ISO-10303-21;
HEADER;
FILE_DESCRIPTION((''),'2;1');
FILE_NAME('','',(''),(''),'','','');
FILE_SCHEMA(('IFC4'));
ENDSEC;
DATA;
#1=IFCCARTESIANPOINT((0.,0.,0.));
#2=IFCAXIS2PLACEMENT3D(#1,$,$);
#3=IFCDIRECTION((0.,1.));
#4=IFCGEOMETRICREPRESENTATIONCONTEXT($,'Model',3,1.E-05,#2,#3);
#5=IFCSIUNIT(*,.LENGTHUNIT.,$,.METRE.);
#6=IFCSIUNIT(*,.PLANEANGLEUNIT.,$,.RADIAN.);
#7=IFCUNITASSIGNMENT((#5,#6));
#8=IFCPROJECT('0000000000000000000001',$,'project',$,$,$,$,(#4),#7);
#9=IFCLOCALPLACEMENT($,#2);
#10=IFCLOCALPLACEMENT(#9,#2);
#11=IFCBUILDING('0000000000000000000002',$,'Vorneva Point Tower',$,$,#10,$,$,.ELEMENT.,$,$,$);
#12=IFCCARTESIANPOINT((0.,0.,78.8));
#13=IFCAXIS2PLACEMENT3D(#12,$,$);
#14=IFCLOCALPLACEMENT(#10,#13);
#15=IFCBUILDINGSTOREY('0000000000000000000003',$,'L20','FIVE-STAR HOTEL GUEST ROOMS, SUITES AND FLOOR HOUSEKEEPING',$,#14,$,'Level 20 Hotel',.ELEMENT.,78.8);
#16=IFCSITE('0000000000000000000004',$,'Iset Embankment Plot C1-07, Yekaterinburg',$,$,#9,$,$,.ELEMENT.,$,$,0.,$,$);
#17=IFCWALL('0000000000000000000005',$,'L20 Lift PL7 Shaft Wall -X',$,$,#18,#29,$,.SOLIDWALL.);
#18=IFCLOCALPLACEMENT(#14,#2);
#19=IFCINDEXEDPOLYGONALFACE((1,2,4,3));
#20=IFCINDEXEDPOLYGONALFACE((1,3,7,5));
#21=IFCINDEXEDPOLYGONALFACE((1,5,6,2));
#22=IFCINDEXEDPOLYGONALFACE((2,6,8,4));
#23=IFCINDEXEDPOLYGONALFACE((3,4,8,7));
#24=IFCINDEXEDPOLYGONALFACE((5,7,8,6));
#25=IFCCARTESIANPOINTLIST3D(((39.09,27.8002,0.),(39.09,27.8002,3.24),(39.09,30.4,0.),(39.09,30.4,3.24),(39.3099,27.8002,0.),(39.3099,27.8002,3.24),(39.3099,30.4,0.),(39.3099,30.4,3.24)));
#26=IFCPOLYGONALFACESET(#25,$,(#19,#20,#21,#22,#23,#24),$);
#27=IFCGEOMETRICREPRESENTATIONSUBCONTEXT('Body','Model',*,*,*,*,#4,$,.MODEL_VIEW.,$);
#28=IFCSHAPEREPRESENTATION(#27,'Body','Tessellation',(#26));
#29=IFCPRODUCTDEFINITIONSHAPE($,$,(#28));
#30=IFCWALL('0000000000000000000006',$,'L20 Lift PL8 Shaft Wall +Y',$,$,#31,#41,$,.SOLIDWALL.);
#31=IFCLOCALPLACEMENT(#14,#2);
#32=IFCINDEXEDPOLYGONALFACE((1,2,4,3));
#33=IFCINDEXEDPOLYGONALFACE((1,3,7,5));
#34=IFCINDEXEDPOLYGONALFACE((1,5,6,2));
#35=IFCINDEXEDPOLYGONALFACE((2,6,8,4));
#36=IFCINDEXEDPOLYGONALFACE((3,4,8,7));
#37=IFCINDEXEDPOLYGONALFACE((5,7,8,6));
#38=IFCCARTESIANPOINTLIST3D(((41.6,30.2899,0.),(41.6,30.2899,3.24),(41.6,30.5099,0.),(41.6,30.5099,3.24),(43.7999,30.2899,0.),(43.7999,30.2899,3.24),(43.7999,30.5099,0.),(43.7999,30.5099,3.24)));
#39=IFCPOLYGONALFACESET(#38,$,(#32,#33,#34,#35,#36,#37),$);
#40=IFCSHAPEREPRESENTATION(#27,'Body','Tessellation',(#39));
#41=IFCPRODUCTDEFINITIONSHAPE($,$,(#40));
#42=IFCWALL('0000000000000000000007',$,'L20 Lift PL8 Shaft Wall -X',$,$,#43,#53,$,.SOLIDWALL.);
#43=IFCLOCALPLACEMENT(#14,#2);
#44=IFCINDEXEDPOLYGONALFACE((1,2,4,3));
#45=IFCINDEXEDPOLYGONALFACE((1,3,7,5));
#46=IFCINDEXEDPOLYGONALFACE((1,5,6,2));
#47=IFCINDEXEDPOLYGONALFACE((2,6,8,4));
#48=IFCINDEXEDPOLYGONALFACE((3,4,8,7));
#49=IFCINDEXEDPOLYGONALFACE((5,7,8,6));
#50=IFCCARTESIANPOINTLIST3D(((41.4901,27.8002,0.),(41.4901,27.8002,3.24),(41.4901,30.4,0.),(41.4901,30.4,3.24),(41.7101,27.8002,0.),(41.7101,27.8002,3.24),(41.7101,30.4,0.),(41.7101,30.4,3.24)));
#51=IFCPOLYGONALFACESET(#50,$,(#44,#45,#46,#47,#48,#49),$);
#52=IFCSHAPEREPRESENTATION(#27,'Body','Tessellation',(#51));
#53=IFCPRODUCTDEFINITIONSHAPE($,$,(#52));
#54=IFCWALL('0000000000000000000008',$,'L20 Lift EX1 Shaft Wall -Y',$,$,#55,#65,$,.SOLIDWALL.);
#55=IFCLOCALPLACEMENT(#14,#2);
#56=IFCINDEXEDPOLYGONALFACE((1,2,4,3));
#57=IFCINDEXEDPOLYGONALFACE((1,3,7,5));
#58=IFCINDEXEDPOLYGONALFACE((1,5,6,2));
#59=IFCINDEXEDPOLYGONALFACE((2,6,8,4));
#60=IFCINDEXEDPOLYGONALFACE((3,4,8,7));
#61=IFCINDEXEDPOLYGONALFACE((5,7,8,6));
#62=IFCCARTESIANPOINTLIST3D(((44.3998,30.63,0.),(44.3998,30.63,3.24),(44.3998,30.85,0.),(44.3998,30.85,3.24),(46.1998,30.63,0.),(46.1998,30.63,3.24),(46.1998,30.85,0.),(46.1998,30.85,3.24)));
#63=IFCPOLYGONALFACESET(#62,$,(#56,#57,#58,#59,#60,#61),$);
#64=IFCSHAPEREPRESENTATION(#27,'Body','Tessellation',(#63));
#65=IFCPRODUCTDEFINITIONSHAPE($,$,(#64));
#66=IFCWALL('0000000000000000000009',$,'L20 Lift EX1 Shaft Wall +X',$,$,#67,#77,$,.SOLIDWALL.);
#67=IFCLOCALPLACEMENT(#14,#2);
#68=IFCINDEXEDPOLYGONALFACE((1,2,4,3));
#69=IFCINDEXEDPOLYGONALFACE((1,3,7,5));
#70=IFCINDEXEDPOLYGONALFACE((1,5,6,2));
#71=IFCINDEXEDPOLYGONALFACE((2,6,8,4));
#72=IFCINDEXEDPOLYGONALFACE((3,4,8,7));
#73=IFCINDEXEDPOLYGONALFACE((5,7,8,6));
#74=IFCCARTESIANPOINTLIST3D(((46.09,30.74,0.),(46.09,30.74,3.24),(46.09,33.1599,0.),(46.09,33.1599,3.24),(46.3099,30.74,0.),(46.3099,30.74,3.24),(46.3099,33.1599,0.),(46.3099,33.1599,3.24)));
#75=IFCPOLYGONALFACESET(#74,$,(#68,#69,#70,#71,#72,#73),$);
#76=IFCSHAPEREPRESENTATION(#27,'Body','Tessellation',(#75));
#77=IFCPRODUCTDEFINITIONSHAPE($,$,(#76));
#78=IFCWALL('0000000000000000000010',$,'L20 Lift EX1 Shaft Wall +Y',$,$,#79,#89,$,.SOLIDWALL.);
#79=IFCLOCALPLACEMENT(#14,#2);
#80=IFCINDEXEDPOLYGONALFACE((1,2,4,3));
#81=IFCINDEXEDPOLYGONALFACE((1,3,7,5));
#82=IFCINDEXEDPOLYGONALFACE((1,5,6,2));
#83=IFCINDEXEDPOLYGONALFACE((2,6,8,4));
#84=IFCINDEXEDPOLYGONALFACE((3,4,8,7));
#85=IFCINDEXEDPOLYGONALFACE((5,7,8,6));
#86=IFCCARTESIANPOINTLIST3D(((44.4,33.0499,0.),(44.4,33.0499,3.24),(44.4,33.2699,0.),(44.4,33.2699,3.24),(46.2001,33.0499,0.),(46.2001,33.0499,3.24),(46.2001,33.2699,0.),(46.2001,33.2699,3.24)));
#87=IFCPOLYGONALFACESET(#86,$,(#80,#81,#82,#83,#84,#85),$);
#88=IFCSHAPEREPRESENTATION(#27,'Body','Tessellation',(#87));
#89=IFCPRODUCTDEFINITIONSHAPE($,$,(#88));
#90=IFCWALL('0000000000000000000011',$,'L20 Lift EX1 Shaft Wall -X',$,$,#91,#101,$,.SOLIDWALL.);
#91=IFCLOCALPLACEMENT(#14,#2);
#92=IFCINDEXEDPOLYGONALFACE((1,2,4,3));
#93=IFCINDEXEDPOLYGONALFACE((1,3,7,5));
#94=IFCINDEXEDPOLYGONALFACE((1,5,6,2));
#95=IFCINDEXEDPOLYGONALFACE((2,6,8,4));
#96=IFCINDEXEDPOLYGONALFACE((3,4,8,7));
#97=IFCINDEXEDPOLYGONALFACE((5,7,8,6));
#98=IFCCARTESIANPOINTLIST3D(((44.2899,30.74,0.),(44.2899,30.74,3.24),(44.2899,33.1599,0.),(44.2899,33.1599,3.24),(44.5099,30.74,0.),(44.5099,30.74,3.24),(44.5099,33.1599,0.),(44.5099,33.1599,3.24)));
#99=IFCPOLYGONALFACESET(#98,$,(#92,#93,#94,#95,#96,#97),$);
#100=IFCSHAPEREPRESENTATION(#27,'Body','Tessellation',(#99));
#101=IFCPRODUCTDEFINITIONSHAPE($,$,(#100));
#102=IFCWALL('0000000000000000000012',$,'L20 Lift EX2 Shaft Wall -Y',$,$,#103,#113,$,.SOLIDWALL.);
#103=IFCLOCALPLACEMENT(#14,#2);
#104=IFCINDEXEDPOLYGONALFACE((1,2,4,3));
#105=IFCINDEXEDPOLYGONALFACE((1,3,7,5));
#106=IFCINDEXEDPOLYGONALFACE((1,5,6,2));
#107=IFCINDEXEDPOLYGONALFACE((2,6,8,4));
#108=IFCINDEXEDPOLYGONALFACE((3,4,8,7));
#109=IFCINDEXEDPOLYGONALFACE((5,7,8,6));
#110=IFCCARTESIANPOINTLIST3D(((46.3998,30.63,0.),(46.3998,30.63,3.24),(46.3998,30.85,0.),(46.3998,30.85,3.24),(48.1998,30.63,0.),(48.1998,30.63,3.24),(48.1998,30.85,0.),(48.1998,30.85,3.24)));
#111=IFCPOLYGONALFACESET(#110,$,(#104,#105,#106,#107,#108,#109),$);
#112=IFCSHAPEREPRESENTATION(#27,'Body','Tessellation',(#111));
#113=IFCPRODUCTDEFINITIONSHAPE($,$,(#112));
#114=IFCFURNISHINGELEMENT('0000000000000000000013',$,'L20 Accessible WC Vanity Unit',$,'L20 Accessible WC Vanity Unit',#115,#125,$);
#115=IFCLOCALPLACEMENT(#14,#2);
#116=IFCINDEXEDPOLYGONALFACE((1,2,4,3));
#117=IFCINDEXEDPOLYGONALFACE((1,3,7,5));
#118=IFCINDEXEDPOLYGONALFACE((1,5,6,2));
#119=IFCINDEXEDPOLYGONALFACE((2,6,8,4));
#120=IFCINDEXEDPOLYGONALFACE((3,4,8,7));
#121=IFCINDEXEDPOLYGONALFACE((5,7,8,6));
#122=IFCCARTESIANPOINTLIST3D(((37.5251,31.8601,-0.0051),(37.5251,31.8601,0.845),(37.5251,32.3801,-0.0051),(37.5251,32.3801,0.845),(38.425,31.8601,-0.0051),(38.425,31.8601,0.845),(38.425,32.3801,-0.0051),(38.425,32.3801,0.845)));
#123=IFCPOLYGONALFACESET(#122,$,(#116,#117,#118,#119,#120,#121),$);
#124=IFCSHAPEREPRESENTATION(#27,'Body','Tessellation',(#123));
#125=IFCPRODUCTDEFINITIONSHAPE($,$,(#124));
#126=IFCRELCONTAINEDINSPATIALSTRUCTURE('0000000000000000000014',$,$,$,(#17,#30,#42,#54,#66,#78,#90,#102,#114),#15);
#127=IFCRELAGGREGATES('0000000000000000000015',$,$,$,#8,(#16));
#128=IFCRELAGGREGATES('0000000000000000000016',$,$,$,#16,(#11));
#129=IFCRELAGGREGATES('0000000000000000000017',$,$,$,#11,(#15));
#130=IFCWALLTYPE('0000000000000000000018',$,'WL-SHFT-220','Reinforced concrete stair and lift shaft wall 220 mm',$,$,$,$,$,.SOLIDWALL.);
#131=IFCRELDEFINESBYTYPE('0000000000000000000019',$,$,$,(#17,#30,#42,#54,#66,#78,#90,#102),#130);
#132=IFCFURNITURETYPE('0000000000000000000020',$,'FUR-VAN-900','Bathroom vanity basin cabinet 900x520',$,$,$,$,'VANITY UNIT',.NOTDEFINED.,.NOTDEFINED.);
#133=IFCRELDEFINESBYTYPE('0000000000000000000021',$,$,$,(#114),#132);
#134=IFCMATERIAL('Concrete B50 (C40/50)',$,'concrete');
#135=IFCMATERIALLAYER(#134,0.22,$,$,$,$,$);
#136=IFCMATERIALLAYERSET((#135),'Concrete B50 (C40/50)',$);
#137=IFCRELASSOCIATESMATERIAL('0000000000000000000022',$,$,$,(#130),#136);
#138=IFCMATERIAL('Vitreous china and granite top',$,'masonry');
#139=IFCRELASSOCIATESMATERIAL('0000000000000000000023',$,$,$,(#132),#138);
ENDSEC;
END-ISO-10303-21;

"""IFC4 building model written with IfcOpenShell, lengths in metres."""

from ifc_helpers import new_model, si_unit, direction, frame, frame_2d, origin, origin_2d, place, context, subcontext, project, spatial, rectangle, extrude, material, layer, layer_set, type_object, element, save


model = new_model("IFC4")

# Units and contexts
model_context = context("Model", 3, precision=1e-05, world=origin(), true_north=direction((0.0, 1.0)))
body_context = subcontext(model_context, "Body", "Model", "MODEL_VIEW")
ifc_project = project(units=[si_unit("LENGTHUNIT", "METRE"), si_unit("PLANEANGLEUNIT", "RADIAN")], contexts=[model_context])

# Site, building, storey
site_placement = place(None, origin())
site = spatial("IfcSite", under=ifc_project, at=site_placement, Name="Iset Embankment Plot C1-07, Yekaterinburg", CompositionType="ELEMENT", RefElevation=0.0)
building_placement = place(site_placement, origin())
building = spatial("IfcBuilding", under=site, at=building_placement, Name="Vorneva Point Tower", CompositionType="ELEMENT")
storey_placement = place(building_placement, frame((0.0, 0.0, 78.8)))
storey = spatial("IfcBuildingStorey", under=building, at=storey_placement, Name="L20", Description="FIVE-STAR HOTEL GUEST ROOMS, SUITES AND FLOOR HOUSEKEEPING", LongName="Level 20 Hotel", CompositionType="ELEMENT", Elevation=78.8)

# Walls
ifc_material_1 = material(Name="Concrete B50 (C40/50)", Category="concrete")
ifc_layer_1 = layer(ifc_material_1, 0.22)
ifc_layer_set_1 = layer_set([ifc_layer_1], Name="Concrete B50 (C40/50)")
wall_type_1 = type_object("IfcWallType", Name="WL-SHFT-220", Description="Reinforced concrete stair and lift shaft wall 220 mm", PredefinedType="SOLIDWALL", material=ifc_layer_set_1)
wall_1_placement = place(storey_placement, frame((39.2, 30.3999, 0.0), z_axis=(0.0, 0.0, 1.0), x_axis=(0.0, -1.0, 0.0)))
element("IfcWall", 1, at=wall_1_placement, inside=storey, type_object=wall_type_1, Name="L20 Lift PL7 Shaft Wall -X", PredefinedType="SOLIDWALL", context=body_context, shape_type="SweptSolid", body=[
    extrude(rectangle(XDim=2.5999, YDim=0.22, at=frame_2d((1.2998, 0.0))), origin(), (0.0, 0.0, 1.0), 3.24),
])
wall_2_placement = place(storey_placement, frame((43.8, 30.3999, 0.0), z_axis=(0.0, 0.0, 1.0), x_axis=(-1.0, 0.0, 0.0)))
element("IfcWall", 2, at=wall_2_placement, inside=storey, type_object=wall_type_1, Name="L20 Lift PL8 Shaft Wall +Y", PredefinedType="SOLIDWALL", context=body_context, shape_type="SweptSolid", body=[
    extrude(rectangle(XDim=2.2, YDim=0.22, at=frame_2d((1.1001, 0.0))), origin(), (0.0, 0.0, 1.0), 3.24),
])
wall_3_placement = place(storey_placement, frame((41.6001, 30.3999, 0.0), z_axis=(0.0, 0.0, 1.0), x_axis=(0.0, -1.0, 0.0)))
element("IfcWall", 3, at=wall_3_placement, inside=storey, type_object=wall_type_1, Name="L20 Lift PL8 Shaft Wall -X", PredefinedType="SOLIDWALL", context=body_context, shape_type="SweptSolid", body=[
    extrude(rectangle(XDim=2.5999, YDim=0.22, at=frame_2d((1.2998, 0.0))), origin(), (0.0, 0.0, 1.0), 3.24),
])
wall_4_placement = place(storey_placement, frame((44.3999, 30.74, 0.0), z_axis=(0.0, 0.0, 1.0), x_axis=(1.0, 0.0, 0.0)))
element("IfcWall", 4, at=wall_4_placement, inside=storey, type_object=wall_type_1, Name="L20 Lift EX1 Shaft Wall -Y", PredefinedType="SOLIDWALL", context=body_context, shape_type="SweptSolid", body=[
    extrude(rectangle(XDim=1.8, YDim=0.22, at=frame_2d((0.8999, 0.0))), origin(), (0.0, 0.0, 1.0), 3.24),
])
wall_5_placement = place(storey_placement, frame((46.2, 30.74, 0.0), z_axis=(0.0, 0.0, 1.0), x_axis=(0.0, 1.0, 0.0)))
element("IfcWall", 5, at=wall_5_placement, inside=storey, type_object=wall_type_1, Name="L20 Lift EX1 Shaft Wall +X", PredefinedType="SOLIDWALL", context=body_context, shape_type="SweptSolid", body=[
    extrude(rectangle(XDim=2.4199, YDim=0.22, at=frame_2d((1.21, 0.0))), origin(), (0.0, 0.0, 1.0), 3.24),
])
wall_6_placement = place(storey_placement, frame((46.2, 33.1599, 0.0), z_axis=(0.0, 0.0, 1.0), x_axis=(-1.0, 0.0, 0.0)))
element("IfcWall", 6, at=wall_6_placement, inside=storey, type_object=wall_type_1, Name="L20 Lift EX1 Shaft Wall +Y", PredefinedType="SOLIDWALL", context=body_context, shape_type="SweptSolid", body=[
    extrude(rectangle(XDim=1.8, YDim=0.22, at=frame_2d((0.8999, 0.0))), origin(), (0.0, 0.0, 1.0), 3.24),
])
wall_7_placement = place(storey_placement, frame((44.3999, 33.1599, 0.0), z_axis=(0.0, 0.0, 1.0), x_axis=(0.0, -1.0, 0.0)))
element("IfcWall", 7, at=wall_7_placement, inside=storey, type_object=wall_type_1, Name="L20 Lift EX1 Shaft Wall -X", PredefinedType="SOLIDWALL", context=body_context, shape_type="SweptSolid", body=[
    extrude(rectangle(XDim=2.4199, YDim=0.22, at=frame_2d((1.21, 0.0))), origin(), (0.0, 0.0, 1.0), 3.24),
])
wall_8_placement = place(storey_placement, frame((46.3999, 30.74, 0.0), z_axis=(0.0, 0.0, 1.0), x_axis=(1.0, 0.0, 0.0)))
element("IfcWall", 8, at=wall_8_placement, inside=storey, type_object=wall_type_1, Name="L20 Lift EX2 Shaft Wall -Y", PredefinedType="SOLIDWALL", context=body_context, shape_type="SweptSolid", body=[
    extrude(rectangle(XDim=1.8, YDim=0.22, at=frame_2d((0.8999, 0.0))), origin(), (0.0, 0.0, 1.0), 3.24),
])

# Furnishing element
ifc_material_2 = material(Name="Vitreous china and granite top", Category="masonry")
furniture_type = type_object("IfcFurnitureType", Name="FUR-VAN-900", Description="Bathroom vanity basin cabinet 900x520", ElementType="VANITY UNIT", AssemblyPlace="NOTDEFINED", PredefinedType="NOTDEFINED", material=ifc_material_2)
furnishing_placement = place(storey_placement, frame((37.9751, 32.1201, -0.0051), z_axis=(0.0, 0.0, 1.0), x_axis=(1.0, 0.0, 0.0)))
element("IfcFurnishingElement", 9, at=furnishing_placement, inside=storey, type_object=furniture_type, Name="L20 Accessible WC Vanity Unit", ObjectType="L20 Accessible WC Vanity Unit", context=body_context, shape_type="SweptSolid", body=[
    extrude(rectangle(XDim=0.8999, YDim=0.52, at=origin_2d()), origin(), (0.0, 0.0, 1.0), 0.8501),
])

save(model, "model.ifc")
